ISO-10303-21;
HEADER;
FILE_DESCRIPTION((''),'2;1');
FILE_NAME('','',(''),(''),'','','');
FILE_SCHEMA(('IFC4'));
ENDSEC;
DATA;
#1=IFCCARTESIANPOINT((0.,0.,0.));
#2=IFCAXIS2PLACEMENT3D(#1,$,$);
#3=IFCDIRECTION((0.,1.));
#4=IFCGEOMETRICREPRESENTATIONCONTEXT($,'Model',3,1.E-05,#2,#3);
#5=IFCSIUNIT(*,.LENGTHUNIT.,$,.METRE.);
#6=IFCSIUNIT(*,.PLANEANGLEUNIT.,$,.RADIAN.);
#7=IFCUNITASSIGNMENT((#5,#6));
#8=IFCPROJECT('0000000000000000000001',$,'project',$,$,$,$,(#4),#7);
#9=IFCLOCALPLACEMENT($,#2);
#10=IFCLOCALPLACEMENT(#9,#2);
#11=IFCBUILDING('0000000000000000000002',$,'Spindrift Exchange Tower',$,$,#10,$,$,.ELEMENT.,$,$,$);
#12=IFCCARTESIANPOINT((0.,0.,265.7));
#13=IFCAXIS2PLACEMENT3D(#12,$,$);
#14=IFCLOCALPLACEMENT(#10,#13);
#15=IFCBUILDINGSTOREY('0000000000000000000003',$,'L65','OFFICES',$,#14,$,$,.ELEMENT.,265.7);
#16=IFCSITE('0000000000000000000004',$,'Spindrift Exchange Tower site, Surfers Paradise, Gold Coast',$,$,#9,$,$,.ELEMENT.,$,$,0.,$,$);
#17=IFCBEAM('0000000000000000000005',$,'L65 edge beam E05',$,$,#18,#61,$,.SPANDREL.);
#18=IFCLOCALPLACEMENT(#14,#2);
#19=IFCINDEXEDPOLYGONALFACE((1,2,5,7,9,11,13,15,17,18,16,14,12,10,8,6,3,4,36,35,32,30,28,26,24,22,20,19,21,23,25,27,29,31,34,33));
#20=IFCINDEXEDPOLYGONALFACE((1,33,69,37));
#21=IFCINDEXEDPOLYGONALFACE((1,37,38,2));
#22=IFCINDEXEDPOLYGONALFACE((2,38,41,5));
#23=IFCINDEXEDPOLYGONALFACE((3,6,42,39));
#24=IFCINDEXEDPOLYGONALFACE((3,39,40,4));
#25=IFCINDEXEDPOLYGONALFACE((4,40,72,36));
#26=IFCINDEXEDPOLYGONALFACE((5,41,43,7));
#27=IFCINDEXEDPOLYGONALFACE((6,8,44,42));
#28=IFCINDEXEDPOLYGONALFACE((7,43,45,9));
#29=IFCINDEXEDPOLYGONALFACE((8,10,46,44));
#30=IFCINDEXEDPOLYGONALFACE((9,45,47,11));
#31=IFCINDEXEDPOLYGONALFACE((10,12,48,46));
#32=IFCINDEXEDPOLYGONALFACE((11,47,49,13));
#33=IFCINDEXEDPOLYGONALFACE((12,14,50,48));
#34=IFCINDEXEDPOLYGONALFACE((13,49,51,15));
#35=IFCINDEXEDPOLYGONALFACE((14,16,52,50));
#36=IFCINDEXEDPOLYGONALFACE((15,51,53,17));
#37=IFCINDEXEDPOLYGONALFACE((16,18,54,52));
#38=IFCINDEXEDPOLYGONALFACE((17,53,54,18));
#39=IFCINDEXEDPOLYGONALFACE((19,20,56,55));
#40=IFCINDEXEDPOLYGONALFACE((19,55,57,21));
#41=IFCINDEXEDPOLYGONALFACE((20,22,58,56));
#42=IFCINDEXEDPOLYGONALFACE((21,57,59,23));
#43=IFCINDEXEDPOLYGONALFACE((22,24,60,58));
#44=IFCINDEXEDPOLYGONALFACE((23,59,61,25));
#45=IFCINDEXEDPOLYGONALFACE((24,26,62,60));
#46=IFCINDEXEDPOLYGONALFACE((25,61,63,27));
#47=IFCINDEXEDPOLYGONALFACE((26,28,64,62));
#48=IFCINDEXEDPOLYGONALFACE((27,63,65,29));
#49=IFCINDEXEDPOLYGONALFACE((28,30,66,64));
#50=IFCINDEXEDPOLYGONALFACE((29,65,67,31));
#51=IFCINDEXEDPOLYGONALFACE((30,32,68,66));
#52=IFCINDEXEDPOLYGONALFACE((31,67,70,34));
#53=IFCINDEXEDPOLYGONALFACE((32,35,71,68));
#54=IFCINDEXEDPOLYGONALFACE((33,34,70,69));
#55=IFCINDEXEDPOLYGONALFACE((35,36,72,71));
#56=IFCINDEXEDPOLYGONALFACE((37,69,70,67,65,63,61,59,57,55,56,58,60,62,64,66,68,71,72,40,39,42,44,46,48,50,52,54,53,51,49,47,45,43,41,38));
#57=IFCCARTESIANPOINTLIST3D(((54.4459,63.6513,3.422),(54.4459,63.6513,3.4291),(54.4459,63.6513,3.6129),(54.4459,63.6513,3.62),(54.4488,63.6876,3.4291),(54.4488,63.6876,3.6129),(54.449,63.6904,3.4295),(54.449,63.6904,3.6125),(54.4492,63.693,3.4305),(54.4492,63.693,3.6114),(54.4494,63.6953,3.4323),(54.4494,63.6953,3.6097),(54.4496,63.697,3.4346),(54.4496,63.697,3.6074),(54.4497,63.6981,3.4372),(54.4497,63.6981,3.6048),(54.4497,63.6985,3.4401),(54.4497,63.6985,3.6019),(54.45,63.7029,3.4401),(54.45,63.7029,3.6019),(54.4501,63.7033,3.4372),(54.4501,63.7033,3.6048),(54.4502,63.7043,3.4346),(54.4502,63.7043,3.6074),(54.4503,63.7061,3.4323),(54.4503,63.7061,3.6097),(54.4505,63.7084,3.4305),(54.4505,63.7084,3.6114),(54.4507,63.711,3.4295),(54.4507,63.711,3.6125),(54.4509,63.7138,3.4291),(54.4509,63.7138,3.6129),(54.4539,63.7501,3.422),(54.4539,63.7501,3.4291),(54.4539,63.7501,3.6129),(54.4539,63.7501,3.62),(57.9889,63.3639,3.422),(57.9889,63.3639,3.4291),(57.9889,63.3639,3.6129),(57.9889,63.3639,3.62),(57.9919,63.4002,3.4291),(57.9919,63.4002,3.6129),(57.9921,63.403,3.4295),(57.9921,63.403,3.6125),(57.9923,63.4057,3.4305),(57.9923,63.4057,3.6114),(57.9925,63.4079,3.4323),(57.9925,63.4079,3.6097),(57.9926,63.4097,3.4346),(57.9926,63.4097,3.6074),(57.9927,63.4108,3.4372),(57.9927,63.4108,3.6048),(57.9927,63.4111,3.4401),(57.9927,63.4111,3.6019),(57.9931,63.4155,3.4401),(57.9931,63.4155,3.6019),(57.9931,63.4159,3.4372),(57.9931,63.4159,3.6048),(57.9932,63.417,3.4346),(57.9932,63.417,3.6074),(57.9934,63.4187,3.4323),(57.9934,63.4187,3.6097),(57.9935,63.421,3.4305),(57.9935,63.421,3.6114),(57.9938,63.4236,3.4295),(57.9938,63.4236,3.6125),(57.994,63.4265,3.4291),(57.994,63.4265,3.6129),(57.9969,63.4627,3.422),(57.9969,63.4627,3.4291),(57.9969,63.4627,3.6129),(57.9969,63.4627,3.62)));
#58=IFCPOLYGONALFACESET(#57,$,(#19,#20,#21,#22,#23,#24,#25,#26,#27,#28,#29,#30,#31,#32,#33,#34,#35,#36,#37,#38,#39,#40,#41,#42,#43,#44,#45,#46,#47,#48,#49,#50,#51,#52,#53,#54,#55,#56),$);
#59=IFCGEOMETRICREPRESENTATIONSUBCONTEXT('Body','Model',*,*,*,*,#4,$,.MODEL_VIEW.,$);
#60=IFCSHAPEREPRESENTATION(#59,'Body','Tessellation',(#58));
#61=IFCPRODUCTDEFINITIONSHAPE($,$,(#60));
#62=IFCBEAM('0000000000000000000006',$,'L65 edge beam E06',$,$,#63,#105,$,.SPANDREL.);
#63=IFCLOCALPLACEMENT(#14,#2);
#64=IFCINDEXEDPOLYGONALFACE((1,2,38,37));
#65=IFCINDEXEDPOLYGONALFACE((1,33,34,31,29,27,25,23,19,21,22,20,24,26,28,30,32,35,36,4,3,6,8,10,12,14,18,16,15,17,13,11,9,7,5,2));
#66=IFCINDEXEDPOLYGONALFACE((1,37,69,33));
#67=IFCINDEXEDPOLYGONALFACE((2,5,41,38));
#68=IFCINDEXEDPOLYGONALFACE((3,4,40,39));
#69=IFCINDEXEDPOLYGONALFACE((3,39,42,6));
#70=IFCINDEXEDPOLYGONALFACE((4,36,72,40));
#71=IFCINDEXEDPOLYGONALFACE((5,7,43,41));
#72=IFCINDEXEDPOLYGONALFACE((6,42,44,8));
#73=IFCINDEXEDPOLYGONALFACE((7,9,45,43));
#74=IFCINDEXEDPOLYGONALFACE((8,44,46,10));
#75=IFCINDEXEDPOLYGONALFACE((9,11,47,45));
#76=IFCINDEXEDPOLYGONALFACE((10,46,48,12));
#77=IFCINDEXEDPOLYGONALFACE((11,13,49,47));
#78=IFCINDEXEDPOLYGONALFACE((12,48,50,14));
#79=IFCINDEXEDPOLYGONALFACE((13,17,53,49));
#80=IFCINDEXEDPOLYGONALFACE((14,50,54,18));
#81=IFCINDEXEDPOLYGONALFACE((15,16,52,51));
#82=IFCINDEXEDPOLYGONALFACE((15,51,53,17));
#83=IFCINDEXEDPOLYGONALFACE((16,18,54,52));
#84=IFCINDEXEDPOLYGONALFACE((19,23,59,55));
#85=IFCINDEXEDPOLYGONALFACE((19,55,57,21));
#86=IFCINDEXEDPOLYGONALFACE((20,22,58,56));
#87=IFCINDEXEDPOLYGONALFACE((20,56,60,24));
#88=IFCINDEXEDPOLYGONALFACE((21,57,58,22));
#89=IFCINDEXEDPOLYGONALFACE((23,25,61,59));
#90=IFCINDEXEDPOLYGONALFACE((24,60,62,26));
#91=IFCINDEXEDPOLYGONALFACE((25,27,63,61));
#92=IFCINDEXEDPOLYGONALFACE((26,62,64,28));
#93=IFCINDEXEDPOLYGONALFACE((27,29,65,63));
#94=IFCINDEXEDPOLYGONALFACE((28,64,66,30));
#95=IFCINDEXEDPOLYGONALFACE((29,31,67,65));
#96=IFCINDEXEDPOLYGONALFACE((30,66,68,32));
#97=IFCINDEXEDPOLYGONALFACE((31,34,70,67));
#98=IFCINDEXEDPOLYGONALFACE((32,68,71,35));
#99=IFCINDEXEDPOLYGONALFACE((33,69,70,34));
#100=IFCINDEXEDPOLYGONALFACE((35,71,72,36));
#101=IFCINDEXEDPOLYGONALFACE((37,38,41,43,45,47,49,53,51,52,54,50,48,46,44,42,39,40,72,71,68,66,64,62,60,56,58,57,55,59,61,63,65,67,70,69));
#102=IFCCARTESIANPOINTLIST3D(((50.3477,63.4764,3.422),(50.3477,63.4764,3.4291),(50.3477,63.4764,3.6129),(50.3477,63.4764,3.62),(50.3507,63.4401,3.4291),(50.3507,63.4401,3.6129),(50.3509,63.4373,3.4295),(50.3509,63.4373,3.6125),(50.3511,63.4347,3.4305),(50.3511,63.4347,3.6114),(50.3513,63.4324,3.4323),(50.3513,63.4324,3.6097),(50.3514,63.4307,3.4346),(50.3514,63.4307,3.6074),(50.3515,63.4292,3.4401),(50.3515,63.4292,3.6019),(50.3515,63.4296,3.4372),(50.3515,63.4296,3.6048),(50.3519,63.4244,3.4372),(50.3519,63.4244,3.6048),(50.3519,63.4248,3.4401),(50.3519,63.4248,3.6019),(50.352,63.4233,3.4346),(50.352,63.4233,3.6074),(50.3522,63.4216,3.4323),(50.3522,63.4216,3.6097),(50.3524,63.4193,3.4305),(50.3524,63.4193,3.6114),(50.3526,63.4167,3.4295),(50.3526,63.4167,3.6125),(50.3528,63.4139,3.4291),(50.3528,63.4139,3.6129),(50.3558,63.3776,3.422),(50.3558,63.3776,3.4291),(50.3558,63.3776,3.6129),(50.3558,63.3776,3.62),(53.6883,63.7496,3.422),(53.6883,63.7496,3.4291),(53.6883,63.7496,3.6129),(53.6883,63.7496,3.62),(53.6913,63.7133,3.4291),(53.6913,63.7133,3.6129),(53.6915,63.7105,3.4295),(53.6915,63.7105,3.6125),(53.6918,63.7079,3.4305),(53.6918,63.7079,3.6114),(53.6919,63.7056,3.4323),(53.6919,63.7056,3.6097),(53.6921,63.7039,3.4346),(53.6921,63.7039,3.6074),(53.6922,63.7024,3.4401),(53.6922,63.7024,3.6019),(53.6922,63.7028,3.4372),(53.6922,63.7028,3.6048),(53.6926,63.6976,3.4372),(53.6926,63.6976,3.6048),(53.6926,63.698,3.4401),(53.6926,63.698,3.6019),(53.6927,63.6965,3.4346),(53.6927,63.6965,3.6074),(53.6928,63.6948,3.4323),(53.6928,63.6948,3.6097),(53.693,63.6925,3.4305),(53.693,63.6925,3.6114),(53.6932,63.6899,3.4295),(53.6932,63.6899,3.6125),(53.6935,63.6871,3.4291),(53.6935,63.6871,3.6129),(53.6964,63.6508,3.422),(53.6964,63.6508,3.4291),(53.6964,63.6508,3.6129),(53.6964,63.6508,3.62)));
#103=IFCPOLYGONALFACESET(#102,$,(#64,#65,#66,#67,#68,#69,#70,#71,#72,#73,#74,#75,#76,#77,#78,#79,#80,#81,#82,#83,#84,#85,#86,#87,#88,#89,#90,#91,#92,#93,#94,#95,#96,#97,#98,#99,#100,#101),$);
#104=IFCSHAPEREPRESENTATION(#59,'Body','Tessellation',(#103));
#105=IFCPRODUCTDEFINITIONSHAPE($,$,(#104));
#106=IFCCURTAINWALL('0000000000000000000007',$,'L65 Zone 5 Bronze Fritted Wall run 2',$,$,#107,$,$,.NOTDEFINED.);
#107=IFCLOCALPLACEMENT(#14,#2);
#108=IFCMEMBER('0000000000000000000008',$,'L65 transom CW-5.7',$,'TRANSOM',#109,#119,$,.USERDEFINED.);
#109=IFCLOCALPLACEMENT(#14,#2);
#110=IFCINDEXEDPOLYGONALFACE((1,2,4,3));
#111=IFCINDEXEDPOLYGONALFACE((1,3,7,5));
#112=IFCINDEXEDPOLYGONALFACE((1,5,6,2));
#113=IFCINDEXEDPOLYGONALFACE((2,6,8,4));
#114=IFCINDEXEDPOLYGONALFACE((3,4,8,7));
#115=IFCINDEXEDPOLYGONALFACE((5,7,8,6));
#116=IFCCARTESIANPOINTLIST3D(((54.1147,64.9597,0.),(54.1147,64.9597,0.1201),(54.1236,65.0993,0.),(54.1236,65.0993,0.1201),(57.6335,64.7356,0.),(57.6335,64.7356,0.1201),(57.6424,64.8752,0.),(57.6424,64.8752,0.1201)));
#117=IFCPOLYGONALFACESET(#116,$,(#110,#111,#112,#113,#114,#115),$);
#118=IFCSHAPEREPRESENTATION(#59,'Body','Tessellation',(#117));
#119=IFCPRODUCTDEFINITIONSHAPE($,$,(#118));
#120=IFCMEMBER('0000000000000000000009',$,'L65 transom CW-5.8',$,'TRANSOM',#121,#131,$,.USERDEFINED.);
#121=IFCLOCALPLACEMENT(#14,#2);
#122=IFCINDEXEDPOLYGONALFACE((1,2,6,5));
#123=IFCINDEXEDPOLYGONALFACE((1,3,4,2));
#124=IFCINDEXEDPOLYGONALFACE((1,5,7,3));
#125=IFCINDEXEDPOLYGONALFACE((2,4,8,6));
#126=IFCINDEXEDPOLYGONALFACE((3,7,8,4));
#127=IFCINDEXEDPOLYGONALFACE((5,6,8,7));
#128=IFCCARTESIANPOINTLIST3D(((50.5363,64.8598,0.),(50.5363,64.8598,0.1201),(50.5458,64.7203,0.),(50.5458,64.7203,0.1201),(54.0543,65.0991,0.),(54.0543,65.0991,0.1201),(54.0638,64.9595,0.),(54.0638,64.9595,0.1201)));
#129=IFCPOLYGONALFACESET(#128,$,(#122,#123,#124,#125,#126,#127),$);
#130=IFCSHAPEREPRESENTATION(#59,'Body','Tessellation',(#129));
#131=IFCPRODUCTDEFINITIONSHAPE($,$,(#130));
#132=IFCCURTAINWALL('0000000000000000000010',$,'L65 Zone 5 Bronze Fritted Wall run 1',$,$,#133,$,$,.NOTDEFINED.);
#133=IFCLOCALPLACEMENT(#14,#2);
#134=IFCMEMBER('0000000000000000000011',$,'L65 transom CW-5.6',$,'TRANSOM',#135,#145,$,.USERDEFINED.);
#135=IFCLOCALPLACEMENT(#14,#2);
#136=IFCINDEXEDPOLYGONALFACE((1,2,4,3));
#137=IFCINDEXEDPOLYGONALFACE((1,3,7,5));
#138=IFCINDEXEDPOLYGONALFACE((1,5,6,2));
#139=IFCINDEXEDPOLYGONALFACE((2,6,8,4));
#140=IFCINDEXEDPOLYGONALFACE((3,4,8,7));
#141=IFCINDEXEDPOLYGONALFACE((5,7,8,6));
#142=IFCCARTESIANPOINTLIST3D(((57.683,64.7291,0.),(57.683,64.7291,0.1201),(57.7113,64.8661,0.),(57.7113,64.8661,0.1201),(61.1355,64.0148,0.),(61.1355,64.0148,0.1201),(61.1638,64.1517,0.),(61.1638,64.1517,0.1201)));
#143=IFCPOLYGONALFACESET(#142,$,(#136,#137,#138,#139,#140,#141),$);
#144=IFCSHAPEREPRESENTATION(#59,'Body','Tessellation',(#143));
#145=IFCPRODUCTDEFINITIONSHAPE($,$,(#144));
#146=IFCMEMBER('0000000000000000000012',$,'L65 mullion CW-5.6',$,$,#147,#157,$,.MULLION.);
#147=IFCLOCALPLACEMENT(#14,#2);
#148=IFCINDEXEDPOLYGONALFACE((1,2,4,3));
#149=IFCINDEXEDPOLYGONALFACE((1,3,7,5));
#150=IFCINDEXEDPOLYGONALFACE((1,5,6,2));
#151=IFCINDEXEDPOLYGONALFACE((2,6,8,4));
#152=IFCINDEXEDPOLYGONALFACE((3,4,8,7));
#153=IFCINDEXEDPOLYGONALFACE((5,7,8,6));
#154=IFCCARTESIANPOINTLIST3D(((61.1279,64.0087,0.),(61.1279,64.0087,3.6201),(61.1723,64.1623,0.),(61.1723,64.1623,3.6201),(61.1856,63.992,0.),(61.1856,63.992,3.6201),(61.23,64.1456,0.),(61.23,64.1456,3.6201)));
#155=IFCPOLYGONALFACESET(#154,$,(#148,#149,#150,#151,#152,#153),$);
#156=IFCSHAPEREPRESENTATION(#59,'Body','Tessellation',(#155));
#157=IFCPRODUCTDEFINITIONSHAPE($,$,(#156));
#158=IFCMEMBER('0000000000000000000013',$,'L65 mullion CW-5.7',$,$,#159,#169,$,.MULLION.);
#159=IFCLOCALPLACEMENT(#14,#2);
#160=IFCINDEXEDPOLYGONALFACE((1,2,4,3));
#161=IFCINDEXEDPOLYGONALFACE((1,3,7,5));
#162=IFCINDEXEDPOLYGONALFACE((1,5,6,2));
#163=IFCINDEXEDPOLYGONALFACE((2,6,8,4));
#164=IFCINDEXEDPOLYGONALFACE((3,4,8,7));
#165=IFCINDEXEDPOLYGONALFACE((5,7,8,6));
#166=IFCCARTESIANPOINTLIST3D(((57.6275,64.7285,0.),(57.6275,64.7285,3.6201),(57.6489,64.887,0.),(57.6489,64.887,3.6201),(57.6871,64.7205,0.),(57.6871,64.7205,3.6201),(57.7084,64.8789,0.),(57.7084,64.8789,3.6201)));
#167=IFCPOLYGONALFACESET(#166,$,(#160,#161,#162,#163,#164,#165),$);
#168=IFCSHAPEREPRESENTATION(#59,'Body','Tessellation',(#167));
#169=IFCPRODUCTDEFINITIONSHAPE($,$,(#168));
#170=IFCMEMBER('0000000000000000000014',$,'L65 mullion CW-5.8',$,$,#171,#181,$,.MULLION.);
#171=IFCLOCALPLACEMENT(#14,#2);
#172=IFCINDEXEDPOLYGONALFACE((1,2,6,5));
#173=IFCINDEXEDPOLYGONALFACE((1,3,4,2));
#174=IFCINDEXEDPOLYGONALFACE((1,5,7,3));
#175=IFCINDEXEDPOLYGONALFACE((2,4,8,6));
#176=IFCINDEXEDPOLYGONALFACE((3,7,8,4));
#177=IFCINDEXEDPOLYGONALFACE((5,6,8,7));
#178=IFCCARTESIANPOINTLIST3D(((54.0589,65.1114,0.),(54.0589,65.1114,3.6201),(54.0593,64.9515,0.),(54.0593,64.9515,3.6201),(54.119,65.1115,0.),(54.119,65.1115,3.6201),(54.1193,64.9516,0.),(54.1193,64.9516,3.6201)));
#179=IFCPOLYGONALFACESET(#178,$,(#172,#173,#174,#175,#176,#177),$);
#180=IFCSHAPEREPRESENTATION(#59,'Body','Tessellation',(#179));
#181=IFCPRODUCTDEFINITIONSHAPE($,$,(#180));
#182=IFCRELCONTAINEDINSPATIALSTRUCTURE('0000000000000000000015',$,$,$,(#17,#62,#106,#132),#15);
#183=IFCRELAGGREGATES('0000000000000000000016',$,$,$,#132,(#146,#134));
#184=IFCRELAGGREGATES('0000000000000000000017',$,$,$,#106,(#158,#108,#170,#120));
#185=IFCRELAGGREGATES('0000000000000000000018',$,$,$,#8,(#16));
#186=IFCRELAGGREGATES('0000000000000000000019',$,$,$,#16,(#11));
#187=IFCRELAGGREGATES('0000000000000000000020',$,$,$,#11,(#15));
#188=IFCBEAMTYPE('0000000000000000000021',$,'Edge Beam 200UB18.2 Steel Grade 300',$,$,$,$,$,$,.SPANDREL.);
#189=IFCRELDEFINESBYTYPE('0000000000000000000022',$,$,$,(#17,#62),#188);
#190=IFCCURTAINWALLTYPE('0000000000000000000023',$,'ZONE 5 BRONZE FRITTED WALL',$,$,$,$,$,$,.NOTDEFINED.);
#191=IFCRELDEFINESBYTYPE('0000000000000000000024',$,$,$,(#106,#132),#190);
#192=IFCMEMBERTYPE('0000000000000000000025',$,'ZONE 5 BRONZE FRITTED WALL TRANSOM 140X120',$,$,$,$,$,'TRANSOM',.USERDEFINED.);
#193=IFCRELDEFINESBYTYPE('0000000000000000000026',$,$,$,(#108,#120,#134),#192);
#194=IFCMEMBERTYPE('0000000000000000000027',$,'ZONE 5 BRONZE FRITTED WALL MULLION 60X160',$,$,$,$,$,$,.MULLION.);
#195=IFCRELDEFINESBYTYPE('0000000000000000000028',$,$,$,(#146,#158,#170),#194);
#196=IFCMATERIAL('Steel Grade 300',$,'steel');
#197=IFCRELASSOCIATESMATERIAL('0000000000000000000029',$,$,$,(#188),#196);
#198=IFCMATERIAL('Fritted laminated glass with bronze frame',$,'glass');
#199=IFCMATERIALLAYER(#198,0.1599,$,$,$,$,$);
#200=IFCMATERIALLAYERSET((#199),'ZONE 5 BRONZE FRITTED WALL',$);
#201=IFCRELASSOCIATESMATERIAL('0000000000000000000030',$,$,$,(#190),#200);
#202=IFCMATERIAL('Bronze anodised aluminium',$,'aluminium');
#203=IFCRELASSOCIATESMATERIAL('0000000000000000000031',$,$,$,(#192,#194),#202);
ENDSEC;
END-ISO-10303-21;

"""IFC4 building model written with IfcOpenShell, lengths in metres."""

from ifc_helpers import new_model, si_unit, direction, frame, origin, origin_2d, place, context, subcontext, project, spatial, rectangle, i_section, extrude, source, transform, mapped, material, layer, layer_set, material_profile, profile_set, type_object, element, aggregate, save


model = new_model("IFC4")

# Units and contexts
model_context = context("Model", 3, precision=1e-05, world=origin(), true_north=direction((0.0, 1.0)))
body_context = subcontext(model_context, "Body", "Model", "MODEL_VIEW")
ifc_project = project(units=[si_unit("LENGTHUNIT", "METRE"), si_unit("PLANEANGLEUNIT", "RADIAN")], contexts=[model_context])

# Site, building, storey
site_placement = place(None, origin())
site = spatial("IfcSite", under=ifc_project, at=site_placement, Name="Spindrift Exchange Tower site, Surfers Paradise, Gold Coast", CompositionType="ELEMENT", RefElevation=0.0)
building_placement = place(site_placement, origin())
building = spatial("IfcBuilding", under=site, at=building_placement, Name="Spindrift Exchange Tower", CompositionType="ELEMENT")
storey_placement = place(building_placement, frame((0.0, 0.0, 265.7)))
storey = spatial("IfcBuildingStorey", under=building, at=storey_placement, Name="L65", Description="OFFICES", CompositionType="ELEMENT", Elevation=265.7)

# Beams
ifc_material_1 = material(Name="Steel Grade 300", Category="steel")
ifc_material_profile_1 = material_profile(ifc_material_1, i_section(OverallWidth=0.0991, OverallDepth=0.198, WebThickness=0.0044, FlangeThickness=0.0071, FilletRadius=0.011, at=origin_2d()), Name="200UB18.2")
ifc_profile_set_1 = profile_set([ifc_material_profile_1], Name="Steel Grade 300")
beam_type = type_object("IfcBeamType", Name="Edge Beam 200UB18.2 Steel Grade 300", PredefinedType="SPANDREL", material=ifc_profile_set_1)
shared_shape_1 = source(origin(), body_context, "Body", "SweptSolid", [
    extrude(i_section(OverallWidth=0.0991, OverallDepth=0.198, WebThickness=0.0044, FlangeThickness=0.0071, FilletRadius=0.011, at=origin_2d()), origin(), (0.0, 0.0, 1.0), 3.5547),
])
beam_1_placement = place(storey_placement, frame((57.9929, 63.4133, 3.521), z_axis=(-0.996727, 0.08084, 0.0), x_axis=(-0.08084, -0.996727, 0.0)))
element("IfcBeam", 1, at=beam_1_placement, inside=storey, type_object=beam_type, Name="L65 edge beam E05", PredefinedType="SPANDREL", context=body_context, shape_type="MappedRepresentation", body=[
    mapped(shared_shape_1, transform((0.0, 0.0, 0.0), scale=1.0)),
])
shared_shape_2 = source(origin(), body_context, "Body", "SweptSolid", [
    extrude(i_section(OverallWidth=0.0991, OverallDepth=0.198, WebThickness=0.0044, FlangeThickness=0.0071, FilletRadius=0.011, at=origin_2d()), origin(), (0.0, 0.0, 1.0), 3.3518),
])
beam_2_placement = place(storey_placement, frame((53.6924, 63.7002, 3.521), z_axis=(-0.996673, -0.081508, 0.0), x_axis=(0.081508, -0.996673, 0.0)))
element("IfcBeam", 2, at=beam_2_placement, inside=storey, type_object=beam_type, Name="L65 edge beam E06", PredefinedType="SPANDREL", context=body_context, shape_type="MappedRepresentation", body=[
    mapped(shared_shape_2, transform((0.0, 0.0, 0.0), scale=1.0)),
])

# Curtain walls, members
ifc_material_2 = material(Name="Fritted laminated glass with bronze frame", Category="glass")
ifc_layer_1 = layer(ifc_material_2, 0.1599)
ifc_layer_set_1 = layer_set([ifc_layer_1], Name="ZONE 5 BRONZE FRITTED WALL")
curtain_wall_type = type_object("IfcCurtainWallType", Name="ZONE 5 BRONZE FRITTED WALL", PredefinedType="NOTDEFINED", material=ifc_layer_set_1)
curtain_wall_1_placement = place(storey_placement, origin())
curtain_wall_1 = element("IfcCurtainWall", 3, at=curtain_wall_1_placement, inside=storey, type_object=curtain_wall_type, Name="L65 Zone 5 Bronze Fritted Wall run 2", PredefinedType="NOTDEFINED")
ifc_material_3 = material(Name="Bronze anodised aluminium", Category="aluminium")
ifc_material_profile_2 = material_profile(ifc_material_3, rectangle(XDim=0.1399, YDim=0.1201, at=origin_2d()), Name="ZONE 5 BRONZE FRITTED WALL TRANSOM 140X120")
ifc_profile_set_2 = profile_set([ifc_material_profile_2], Name="Bronze anodised aluminium")
member_type_1 = type_object("IfcMemberType", Name="ZONE 5 BRONZE FRITTED WALL TRANSOM 140X120", ElementType="TRANSOM", PredefinedType="USERDEFINED", material=ifc_profile_set_2)
shared_shape_3 = source(origin(), body_context, "Body", "SweptSolid", [
    extrude(rectangle(XDim=0.1399, YDim=0.1201, at=origin_2d()), origin(), (0.0, 0.0, 1.0), 3.5259),
])
member_1_placement = place(storey_placement, frame((57.6379, 64.8054, 0.0601), z_axis=(-0.997978, 0.063564, 0.0), x_axis=(-0.063564, -0.997978, 0.0)))
member_1 = element("IfcMember", 4, at=member_1_placement, type_object=member_type_1, Name="L65 transom CW-5.7", ObjectType="TRANSOM", PredefinedType="USERDEFINED", context=body_context, shape_type="MappedRepresentation", body=[
    mapped(shared_shape_3, transform((0.0, 0.0, 0.0), scale=1.0)),
])
shared_shape_4 = source(origin(), body_context, "Body", "SweptSolid", [
    extrude(rectangle(XDim=0.1399, YDim=0.1201, at=origin_2d()), origin(), (0.0, 0.0, 1.0), 3.5261),
])
member_2_placement = place(storey_placement, frame((54.0591, 65.0293, 0.0601), z_axis=(-0.997695, -0.067852, 0.0), x_axis=(0.067852, -0.997695, 0.0)))
member_2 = element("IfcMember", 5, at=member_2_placement, type_object=member_type_1, Name="L65 transom CW-5.8", ObjectType="TRANSOM", PredefinedType="USERDEFINED", context=body_context, shape_type="MappedRepresentation", body=[
    mapped(shared_shape_4, transform((0.0, 0.0, 0.0), scale=1.0)),
])
curtain_wall_2_placement = place(storey_placement, origin())
curtain_wall_2 = element("IfcCurtainWall", 6, at=curtain_wall_2_placement, inside=storey, type_object=curtain_wall_type, Name="L65 Zone 5 Bronze Fritted Wall run 1", PredefinedType="NOTDEFINED")
shared_shape_5 = source(origin(), body_context, "Body", "SweptSolid", [
    extrude(rectangle(XDim=0.1399, YDim=0.1201, at=origin_2d()), origin(), (0.0, 0.0, 1.0), 3.5256),
])
member_3_placement = place(storey_placement, frame((61.1497, 64.0833, 0.0601), z_axis=(-0.979257, 0.202624, 0.0), x_axis=(-0.202624, -0.979257, 0.0)))
member_3 = element("IfcMember", 7, at=member_3_placement, type_object=member_type_1, Name="L65 transom CW-5.6", ObjectType="TRANSOM", PredefinedType="USERDEFINED", context=body_context, shape_type="MappedRepresentation", body=[
    mapped(shared_shape_5, transform((0.0, 0.0, 0.0), scale=1.0)),
])
ifc_material_profile_3 = material_profile(ifc_material_3, rectangle(XDim=0.0601, YDim=0.1599, at=origin_2d()), Name="ZONE 5 BRONZE FRITTED WALL MULLION 60X160")
ifc_profile_set_3 = profile_set([ifc_material_profile_3], Name="Bronze anodised aluminium")
member_type_2 = type_object("IfcMemberType", Name="ZONE 5 BRONZE FRITTED WALL MULLION 60X160", PredefinedType="MULLION", material=ifc_profile_set_3)
shared_shape_6 = source(origin(), body_context, "Body", "SweptSolid", [
    extrude(rectangle(XDim=0.0601, YDim=0.1599, at=origin_2d()), origin(), (0.0, 0.0, 1.0), 3.6201),
])
member_4_placement = place(storey_placement, frame((61.179, 64.0771, 0.0), z_axis=(0.0, 0.0, 1.0), x_axis=(-0.960637, 0.277808, 0.0)))
member_4 = element("IfcMember", 8, at=member_4_placement, type_object=member_type_2, Name="L65 mullion CW-5.6", PredefinedType="MULLION", context=body_context, shape_type="MappedRepresentation", body=[
    mapped(shared_shape_6, transform((0.0, 0.0, 0.0), scale=1.0)),
])

# Members
member_5_placement = place(storey_placement, frame((57.668, 64.8037, 0.0), z_axis=(0.0, 0.0, 1.0), x_axis=(-0.991062, 0.133402, 0.0)))
member_5 = element("IfcMember", 9, at=member_5_placement, type_object=member_type_2, Name="L65 mullion CW-5.7", PredefinedType="MULLION", context=body_context, shape_type="MappedRepresentation", body=[
    mapped(shared_shape_6, transform((0.0, 0.0, 0.0), scale=1.0)),
])
member_6_placement = place(storey_placement, frame((54.0891, 65.0315, 0.0), z_axis=(0.0, 0.0, 1.0), x_axis=(-0.999998, -0.002164, 0.0)))
member_6 = element("IfcMember", 10, at=member_6_placement, type_object=member_type_2, Name="L65 mullion CW-5.8", PredefinedType="MULLION", context=body_context, shape_type="MappedRepresentation", body=[
    mapped(shared_shape_6, transform((0.0, 0.0, 0.0), scale=1.0)),
])

aggregate(curtain_wall_2, [member_4, member_3])
aggregate(curtain_wall_1, [member_5, member_1, member_6, member_2])

save(model, "model.ifc")
